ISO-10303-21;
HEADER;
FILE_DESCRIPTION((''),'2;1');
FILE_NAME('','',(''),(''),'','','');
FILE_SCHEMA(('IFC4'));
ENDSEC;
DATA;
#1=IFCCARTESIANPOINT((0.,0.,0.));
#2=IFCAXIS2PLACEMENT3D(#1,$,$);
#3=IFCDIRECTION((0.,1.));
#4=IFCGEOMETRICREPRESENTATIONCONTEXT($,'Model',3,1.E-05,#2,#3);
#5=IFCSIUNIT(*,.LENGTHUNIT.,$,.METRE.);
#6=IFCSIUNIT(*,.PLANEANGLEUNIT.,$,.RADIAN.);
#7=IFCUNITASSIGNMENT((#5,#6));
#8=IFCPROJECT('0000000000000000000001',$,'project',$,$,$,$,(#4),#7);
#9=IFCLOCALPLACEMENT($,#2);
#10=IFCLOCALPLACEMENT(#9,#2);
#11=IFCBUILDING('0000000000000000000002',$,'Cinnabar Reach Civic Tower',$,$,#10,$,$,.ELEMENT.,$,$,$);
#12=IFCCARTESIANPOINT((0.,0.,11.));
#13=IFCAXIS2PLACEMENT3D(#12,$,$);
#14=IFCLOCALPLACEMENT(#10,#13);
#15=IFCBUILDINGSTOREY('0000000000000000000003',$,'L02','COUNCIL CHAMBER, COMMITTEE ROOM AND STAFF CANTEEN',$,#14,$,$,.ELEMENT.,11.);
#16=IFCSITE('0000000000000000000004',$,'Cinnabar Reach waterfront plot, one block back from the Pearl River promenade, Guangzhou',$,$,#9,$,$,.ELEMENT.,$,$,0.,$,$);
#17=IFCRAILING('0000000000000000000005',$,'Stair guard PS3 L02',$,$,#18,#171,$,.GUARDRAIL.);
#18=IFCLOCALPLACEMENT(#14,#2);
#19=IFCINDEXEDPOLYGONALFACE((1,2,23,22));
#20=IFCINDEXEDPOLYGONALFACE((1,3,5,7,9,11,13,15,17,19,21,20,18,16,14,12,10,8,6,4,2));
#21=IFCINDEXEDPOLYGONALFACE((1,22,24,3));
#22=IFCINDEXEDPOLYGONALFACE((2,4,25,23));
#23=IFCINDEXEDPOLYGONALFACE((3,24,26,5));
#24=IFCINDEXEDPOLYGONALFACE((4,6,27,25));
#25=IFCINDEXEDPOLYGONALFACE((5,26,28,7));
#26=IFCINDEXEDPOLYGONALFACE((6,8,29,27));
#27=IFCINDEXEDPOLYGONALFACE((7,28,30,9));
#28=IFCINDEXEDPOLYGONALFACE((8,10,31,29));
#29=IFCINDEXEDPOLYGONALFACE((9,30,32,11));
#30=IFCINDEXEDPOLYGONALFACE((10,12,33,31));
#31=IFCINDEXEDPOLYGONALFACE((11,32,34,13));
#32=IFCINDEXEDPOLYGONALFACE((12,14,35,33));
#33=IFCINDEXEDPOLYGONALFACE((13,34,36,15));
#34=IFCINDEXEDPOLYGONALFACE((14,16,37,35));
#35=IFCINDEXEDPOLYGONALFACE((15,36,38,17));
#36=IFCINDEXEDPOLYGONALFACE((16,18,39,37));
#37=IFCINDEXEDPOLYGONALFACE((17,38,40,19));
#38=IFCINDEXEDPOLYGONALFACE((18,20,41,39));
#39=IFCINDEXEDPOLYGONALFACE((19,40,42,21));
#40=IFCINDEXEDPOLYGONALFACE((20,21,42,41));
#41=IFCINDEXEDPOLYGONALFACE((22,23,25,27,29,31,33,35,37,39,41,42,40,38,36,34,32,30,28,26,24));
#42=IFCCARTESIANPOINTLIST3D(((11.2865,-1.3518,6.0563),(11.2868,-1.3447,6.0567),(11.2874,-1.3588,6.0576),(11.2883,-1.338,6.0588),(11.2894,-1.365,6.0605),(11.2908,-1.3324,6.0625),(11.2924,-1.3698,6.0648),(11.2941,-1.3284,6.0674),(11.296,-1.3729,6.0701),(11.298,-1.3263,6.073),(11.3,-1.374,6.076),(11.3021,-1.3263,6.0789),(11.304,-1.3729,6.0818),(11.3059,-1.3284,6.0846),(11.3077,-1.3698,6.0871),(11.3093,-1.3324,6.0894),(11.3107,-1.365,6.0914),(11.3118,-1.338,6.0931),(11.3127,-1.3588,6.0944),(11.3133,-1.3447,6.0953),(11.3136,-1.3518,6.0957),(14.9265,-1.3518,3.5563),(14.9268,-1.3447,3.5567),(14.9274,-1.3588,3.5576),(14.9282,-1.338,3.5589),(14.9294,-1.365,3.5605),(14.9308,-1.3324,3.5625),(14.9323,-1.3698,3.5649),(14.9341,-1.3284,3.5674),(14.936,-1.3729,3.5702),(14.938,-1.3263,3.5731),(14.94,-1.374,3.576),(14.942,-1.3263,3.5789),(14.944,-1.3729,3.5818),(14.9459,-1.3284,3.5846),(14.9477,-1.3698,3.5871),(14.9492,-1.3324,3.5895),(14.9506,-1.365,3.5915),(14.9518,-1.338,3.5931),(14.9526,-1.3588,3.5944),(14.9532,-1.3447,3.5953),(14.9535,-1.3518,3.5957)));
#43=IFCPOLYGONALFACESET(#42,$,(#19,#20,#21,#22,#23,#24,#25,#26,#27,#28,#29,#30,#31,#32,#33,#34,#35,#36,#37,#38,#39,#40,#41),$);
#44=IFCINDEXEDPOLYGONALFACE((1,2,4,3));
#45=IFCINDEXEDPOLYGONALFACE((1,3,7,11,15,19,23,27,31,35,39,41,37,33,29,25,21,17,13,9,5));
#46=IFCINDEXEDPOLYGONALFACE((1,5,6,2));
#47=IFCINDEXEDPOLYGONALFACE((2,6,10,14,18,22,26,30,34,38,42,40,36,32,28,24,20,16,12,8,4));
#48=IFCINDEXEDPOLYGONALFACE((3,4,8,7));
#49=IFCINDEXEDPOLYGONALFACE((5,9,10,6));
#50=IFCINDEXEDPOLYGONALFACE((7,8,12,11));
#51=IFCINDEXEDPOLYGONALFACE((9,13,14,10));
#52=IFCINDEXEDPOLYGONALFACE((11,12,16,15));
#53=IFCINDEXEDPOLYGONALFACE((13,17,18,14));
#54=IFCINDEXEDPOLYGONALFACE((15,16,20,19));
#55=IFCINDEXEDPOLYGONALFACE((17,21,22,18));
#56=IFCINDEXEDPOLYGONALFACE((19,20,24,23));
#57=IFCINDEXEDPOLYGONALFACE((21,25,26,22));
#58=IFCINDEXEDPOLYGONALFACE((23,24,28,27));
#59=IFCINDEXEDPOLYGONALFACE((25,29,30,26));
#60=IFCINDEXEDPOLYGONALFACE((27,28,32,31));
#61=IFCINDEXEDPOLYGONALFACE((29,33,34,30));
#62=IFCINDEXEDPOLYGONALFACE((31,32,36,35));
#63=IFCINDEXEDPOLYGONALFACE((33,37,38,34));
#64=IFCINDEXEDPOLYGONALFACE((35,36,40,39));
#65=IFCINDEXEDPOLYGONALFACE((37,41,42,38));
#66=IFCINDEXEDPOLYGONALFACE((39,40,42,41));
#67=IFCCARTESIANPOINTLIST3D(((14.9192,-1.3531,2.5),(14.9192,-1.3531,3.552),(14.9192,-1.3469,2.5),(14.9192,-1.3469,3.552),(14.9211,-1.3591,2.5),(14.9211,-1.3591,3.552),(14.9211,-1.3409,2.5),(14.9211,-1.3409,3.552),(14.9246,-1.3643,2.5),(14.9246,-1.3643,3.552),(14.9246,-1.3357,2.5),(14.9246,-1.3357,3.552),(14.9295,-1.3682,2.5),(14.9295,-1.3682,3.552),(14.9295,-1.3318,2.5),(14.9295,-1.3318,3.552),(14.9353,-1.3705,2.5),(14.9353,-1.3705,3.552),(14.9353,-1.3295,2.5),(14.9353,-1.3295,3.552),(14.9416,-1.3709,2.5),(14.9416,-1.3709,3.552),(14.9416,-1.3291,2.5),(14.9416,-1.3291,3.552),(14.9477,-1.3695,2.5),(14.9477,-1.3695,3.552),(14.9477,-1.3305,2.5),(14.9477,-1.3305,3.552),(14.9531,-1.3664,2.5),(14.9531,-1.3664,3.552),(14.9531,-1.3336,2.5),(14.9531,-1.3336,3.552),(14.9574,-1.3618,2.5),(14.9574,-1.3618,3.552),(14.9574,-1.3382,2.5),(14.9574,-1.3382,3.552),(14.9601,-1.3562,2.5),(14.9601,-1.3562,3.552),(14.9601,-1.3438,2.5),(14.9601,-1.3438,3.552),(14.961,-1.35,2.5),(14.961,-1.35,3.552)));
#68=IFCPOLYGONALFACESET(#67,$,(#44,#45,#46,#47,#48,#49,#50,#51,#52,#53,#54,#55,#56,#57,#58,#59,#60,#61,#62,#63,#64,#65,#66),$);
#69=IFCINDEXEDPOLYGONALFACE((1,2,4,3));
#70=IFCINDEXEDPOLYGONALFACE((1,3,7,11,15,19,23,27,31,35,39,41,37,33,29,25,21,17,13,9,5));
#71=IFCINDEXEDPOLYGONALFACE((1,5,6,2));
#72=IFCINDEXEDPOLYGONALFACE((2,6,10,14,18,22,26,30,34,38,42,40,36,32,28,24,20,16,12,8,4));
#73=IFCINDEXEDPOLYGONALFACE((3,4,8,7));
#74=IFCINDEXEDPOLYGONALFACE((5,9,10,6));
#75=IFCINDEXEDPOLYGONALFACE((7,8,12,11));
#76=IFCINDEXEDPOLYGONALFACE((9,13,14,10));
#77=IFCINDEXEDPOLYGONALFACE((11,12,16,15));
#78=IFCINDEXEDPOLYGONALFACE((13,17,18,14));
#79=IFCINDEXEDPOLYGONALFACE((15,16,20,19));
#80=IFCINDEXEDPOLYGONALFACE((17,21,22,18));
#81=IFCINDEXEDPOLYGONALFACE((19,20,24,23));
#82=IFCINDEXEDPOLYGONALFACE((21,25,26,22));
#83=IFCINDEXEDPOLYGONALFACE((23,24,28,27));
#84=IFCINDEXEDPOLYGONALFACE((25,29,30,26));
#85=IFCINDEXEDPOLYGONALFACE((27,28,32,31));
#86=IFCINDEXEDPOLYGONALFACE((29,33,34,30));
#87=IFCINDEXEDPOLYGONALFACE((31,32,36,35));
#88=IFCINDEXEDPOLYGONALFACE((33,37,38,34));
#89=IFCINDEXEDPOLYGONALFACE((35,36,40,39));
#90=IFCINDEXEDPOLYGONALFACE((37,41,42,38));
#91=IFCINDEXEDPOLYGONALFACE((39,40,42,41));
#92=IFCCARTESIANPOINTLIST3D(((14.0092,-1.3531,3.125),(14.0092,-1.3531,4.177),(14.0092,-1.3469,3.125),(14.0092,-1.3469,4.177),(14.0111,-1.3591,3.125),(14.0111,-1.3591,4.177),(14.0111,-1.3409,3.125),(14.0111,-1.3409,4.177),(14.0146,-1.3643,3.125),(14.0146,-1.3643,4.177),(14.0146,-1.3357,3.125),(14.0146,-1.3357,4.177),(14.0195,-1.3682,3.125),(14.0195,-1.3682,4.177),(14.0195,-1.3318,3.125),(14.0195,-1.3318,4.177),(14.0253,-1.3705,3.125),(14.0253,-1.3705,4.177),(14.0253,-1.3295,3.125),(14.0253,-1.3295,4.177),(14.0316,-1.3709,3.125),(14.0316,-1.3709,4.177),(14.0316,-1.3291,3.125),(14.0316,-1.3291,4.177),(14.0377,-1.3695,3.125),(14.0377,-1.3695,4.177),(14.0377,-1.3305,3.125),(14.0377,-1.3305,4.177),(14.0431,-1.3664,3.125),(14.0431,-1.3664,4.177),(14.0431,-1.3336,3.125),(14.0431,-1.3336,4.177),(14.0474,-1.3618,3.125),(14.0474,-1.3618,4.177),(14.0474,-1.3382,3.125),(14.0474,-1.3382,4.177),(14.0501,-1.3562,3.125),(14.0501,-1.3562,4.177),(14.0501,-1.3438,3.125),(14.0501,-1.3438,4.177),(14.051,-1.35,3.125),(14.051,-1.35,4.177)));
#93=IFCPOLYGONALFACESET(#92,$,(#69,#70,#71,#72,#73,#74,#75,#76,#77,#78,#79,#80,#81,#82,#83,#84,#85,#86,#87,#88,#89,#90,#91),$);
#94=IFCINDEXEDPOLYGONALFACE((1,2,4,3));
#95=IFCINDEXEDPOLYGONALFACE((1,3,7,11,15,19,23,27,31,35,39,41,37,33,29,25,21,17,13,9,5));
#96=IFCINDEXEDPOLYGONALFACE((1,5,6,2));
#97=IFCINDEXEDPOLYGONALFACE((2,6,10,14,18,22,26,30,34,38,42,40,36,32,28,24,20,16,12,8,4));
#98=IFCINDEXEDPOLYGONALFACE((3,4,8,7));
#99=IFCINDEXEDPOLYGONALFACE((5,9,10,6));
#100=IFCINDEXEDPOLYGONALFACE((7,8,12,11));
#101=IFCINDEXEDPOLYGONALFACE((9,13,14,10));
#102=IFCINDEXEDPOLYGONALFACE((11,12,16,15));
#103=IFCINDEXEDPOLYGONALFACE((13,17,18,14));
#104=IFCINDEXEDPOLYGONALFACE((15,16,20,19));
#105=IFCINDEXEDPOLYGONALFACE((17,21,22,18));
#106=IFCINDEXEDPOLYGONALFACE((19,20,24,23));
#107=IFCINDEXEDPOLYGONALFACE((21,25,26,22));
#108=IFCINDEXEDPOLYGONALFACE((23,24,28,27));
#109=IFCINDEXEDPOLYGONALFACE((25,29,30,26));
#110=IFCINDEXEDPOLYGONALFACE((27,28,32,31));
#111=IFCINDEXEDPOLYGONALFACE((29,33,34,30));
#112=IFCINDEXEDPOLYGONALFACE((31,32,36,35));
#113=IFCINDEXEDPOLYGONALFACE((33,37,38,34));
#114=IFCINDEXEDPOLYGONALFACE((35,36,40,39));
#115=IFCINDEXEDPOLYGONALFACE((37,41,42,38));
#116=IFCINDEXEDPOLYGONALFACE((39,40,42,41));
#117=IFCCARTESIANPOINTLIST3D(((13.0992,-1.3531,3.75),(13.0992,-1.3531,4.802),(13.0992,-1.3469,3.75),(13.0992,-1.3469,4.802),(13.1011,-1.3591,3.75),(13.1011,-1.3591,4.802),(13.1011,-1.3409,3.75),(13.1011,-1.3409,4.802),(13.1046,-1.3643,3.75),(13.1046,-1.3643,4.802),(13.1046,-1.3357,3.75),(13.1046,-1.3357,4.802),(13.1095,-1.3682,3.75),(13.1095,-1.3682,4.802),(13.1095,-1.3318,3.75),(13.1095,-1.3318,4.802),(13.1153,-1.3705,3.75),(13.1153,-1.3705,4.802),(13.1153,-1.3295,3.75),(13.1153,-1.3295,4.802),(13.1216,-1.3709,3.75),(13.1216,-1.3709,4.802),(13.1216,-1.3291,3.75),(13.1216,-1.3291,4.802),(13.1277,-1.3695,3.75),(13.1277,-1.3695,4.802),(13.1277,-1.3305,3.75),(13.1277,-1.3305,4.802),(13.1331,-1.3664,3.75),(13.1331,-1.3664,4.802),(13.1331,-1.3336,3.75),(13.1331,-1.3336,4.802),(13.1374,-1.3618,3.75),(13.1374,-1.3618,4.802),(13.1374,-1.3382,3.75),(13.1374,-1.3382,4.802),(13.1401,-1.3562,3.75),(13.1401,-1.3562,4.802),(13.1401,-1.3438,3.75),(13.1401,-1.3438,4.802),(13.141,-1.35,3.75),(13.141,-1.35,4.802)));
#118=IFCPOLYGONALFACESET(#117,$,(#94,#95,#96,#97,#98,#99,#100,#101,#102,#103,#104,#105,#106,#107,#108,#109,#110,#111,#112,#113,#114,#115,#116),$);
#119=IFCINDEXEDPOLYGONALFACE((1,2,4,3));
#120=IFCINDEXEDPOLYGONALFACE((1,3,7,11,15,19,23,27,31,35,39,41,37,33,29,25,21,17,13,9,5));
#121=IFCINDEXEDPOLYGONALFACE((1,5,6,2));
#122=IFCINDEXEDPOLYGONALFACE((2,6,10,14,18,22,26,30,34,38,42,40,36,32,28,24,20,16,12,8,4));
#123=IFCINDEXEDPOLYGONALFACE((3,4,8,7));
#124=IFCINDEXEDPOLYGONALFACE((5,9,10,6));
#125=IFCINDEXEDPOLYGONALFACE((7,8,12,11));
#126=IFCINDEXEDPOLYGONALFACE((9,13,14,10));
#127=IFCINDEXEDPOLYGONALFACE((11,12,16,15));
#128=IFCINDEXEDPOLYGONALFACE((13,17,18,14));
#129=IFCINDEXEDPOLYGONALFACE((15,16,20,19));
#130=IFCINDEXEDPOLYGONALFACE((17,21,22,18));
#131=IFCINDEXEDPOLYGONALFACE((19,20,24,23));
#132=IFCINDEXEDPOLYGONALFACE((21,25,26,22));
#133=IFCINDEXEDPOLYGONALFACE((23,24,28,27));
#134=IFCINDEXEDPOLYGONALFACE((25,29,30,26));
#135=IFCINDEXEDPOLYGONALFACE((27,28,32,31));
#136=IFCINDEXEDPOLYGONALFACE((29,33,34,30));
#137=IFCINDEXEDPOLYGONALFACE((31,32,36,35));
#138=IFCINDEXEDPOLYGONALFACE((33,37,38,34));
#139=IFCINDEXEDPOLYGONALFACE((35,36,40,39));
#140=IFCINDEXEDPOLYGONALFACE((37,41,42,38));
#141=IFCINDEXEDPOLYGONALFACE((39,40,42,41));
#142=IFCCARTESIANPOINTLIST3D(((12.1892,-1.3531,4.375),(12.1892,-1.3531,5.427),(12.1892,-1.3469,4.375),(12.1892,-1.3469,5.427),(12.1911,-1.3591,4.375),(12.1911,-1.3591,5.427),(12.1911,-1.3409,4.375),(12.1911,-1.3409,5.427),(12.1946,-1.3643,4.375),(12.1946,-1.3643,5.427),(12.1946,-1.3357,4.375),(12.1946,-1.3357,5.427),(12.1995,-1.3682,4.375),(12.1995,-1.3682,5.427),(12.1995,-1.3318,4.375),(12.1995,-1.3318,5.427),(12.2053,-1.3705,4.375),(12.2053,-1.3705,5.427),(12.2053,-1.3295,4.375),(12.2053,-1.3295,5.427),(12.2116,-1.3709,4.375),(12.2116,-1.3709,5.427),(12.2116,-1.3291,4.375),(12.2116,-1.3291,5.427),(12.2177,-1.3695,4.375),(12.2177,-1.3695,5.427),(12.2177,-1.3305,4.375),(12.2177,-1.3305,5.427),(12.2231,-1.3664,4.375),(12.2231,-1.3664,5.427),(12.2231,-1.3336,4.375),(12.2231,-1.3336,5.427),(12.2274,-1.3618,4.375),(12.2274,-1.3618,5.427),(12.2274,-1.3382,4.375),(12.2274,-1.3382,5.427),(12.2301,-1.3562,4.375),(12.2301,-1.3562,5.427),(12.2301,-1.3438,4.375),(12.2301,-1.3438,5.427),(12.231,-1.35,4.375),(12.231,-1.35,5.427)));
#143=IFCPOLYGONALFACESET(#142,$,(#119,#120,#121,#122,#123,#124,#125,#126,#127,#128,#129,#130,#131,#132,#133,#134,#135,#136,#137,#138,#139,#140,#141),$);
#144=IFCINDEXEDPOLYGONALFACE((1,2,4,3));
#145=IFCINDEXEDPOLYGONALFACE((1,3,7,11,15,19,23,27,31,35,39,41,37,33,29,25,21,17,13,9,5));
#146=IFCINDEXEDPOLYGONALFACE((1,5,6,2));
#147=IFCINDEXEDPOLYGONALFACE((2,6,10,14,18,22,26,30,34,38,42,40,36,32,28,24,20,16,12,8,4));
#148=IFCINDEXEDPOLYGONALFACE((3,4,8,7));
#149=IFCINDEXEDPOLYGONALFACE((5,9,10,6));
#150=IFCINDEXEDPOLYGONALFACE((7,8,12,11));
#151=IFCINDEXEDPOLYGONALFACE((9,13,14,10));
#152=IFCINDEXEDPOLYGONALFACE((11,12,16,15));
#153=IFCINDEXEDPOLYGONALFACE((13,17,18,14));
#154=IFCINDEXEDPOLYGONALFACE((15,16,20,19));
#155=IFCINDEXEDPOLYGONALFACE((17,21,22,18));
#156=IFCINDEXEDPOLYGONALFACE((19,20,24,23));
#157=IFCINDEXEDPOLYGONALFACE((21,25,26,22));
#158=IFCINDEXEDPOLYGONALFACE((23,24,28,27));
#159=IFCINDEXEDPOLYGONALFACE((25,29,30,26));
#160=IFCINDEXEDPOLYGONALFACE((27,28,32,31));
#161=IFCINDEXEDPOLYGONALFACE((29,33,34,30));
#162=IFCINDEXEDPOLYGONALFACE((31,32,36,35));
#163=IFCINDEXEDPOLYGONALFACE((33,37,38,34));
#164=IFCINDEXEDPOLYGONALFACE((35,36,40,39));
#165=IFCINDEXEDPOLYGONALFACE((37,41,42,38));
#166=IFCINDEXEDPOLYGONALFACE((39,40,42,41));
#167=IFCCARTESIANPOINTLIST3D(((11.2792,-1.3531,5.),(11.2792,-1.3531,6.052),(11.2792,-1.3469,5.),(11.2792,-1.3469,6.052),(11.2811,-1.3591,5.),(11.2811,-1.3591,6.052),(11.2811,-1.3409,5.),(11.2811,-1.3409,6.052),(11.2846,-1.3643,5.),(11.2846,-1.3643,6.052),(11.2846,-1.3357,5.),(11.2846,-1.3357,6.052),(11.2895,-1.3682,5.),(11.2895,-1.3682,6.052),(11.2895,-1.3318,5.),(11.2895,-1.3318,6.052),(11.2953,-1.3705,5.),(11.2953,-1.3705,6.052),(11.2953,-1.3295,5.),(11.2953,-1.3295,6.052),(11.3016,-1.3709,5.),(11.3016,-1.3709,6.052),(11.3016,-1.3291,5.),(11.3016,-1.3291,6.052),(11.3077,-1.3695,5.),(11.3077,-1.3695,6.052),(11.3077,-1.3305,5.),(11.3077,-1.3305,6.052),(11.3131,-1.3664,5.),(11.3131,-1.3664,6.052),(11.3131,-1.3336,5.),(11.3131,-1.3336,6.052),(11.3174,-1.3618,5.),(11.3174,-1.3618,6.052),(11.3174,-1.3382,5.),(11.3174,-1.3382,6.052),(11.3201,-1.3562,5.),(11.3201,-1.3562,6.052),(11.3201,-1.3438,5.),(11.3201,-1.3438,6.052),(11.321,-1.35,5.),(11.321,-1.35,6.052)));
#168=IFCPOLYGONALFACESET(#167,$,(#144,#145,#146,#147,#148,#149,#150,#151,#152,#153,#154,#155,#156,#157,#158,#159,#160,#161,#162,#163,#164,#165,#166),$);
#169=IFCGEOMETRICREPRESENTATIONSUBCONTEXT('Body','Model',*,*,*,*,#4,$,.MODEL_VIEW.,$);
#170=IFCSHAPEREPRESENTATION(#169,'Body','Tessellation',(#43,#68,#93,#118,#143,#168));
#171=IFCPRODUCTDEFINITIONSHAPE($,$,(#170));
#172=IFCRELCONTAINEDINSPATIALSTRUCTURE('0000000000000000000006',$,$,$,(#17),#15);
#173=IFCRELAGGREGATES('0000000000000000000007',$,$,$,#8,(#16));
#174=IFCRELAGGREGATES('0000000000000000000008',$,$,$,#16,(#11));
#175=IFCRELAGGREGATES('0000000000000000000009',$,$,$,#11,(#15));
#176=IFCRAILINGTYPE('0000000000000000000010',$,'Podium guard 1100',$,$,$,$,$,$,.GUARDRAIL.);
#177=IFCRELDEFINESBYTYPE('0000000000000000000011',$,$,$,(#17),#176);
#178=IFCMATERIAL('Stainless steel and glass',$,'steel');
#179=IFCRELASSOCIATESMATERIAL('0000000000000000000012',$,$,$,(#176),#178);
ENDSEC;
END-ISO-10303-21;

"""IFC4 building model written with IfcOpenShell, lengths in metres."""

from ifc_helpers import new_model, si_unit, direction, frame, origin, origin_2d, place, context, subcontext, project, spatial, circle, extrude, material, type_object, element, save


model = new_model("IFC4")

# Units and contexts
model_context = context("Model", 3, precision=1e-05, world=origin(), true_north=direction((0.0, 1.0)))
body_context = subcontext(model_context, "Body", "Model", "MODEL_VIEW")
ifc_project = project(units=[si_unit("LENGTHUNIT", "METRE"), si_unit("PLANEANGLEUNIT", "RADIAN")], contexts=[model_context])

# Site, building, storey
site_placement = place(None, origin())
site = spatial("IfcSite", under=ifc_project, at=site_placement, Name="Cinnabar Reach waterfront plot, one block back from the Pearl River promenade, Guangzhou", CompositionType="ELEMENT", RefElevation=0.0)
building_placement = place(site_placement, origin())
building = spatial("IfcBuilding", under=site, at=building_placement, Name="Cinnabar Reach Civic Tower", CompositionType="ELEMENT")
storey_placement = place(building_placement, frame((0.0, 0.0, 11.0)))
storey = spatial("IfcBuildingStorey", under=building, at=storey_placement, Name="L02", Description="COUNCIL CHAMBER, COMMITTEE ROOM AND STAFF CANTEEN", CompositionType="ELEMENT", Elevation=11.0)

# Railing
ifc_material_1 = material(Name="Stainless steel and glass", Category="steel")
railing_type_1 = type_object("IfcRailingType", Name="Podium guard 1100", PredefinedType="GUARDRAIL", material=ifc_material_1)
railing_1_placement = place(storey_placement, frame((14.94, -1.35, 2.5)))
element("IfcRailing", 1, at=railing_1_placement, inside=storey, type_object=railing_type_1, Name="Stair guard PS3 L02", PredefinedType="GUARDRAIL", context=body_context, shape_type="SweptSolid", body=[
    extrude(circle(Radius=0.024, at=origin_2d()), frame((0.0, 0.0, 1.076), z_axis=(-0.824306, 0.0, 0.566144), x_axis=(0.0, -1.0, 0.0)), (0.0, 0.0, 1.0), 4.4158),
    extrude(circle(Radius=0.021, at=origin_2d()), origin(), (0.0, 0.0, 1.0), 1.052),
    extrude(circle(Radius=0.021, at=origin_2d()), frame((-0.91, 0.0, 0.625)), (0.0, 0.0, 1.0), 1.052),
    extrude(circle(Radius=0.021, at=origin_2d()), frame((-1.82, 0.0, 1.25)), (0.0, 0.0, 1.0), 1.052),
    extrude(circle(Radius=0.021, at=origin_2d()), frame((-2.73, 0.0, 1.875)), (0.0, 0.0, 1.0), 1.052),
    extrude(circle(Radius=0.021, at=origin_2d()), frame((-3.64, 0.0, 2.5)), (0.0, 0.0, 1.0), 1.052),
])

save(model, "model.ifc")
